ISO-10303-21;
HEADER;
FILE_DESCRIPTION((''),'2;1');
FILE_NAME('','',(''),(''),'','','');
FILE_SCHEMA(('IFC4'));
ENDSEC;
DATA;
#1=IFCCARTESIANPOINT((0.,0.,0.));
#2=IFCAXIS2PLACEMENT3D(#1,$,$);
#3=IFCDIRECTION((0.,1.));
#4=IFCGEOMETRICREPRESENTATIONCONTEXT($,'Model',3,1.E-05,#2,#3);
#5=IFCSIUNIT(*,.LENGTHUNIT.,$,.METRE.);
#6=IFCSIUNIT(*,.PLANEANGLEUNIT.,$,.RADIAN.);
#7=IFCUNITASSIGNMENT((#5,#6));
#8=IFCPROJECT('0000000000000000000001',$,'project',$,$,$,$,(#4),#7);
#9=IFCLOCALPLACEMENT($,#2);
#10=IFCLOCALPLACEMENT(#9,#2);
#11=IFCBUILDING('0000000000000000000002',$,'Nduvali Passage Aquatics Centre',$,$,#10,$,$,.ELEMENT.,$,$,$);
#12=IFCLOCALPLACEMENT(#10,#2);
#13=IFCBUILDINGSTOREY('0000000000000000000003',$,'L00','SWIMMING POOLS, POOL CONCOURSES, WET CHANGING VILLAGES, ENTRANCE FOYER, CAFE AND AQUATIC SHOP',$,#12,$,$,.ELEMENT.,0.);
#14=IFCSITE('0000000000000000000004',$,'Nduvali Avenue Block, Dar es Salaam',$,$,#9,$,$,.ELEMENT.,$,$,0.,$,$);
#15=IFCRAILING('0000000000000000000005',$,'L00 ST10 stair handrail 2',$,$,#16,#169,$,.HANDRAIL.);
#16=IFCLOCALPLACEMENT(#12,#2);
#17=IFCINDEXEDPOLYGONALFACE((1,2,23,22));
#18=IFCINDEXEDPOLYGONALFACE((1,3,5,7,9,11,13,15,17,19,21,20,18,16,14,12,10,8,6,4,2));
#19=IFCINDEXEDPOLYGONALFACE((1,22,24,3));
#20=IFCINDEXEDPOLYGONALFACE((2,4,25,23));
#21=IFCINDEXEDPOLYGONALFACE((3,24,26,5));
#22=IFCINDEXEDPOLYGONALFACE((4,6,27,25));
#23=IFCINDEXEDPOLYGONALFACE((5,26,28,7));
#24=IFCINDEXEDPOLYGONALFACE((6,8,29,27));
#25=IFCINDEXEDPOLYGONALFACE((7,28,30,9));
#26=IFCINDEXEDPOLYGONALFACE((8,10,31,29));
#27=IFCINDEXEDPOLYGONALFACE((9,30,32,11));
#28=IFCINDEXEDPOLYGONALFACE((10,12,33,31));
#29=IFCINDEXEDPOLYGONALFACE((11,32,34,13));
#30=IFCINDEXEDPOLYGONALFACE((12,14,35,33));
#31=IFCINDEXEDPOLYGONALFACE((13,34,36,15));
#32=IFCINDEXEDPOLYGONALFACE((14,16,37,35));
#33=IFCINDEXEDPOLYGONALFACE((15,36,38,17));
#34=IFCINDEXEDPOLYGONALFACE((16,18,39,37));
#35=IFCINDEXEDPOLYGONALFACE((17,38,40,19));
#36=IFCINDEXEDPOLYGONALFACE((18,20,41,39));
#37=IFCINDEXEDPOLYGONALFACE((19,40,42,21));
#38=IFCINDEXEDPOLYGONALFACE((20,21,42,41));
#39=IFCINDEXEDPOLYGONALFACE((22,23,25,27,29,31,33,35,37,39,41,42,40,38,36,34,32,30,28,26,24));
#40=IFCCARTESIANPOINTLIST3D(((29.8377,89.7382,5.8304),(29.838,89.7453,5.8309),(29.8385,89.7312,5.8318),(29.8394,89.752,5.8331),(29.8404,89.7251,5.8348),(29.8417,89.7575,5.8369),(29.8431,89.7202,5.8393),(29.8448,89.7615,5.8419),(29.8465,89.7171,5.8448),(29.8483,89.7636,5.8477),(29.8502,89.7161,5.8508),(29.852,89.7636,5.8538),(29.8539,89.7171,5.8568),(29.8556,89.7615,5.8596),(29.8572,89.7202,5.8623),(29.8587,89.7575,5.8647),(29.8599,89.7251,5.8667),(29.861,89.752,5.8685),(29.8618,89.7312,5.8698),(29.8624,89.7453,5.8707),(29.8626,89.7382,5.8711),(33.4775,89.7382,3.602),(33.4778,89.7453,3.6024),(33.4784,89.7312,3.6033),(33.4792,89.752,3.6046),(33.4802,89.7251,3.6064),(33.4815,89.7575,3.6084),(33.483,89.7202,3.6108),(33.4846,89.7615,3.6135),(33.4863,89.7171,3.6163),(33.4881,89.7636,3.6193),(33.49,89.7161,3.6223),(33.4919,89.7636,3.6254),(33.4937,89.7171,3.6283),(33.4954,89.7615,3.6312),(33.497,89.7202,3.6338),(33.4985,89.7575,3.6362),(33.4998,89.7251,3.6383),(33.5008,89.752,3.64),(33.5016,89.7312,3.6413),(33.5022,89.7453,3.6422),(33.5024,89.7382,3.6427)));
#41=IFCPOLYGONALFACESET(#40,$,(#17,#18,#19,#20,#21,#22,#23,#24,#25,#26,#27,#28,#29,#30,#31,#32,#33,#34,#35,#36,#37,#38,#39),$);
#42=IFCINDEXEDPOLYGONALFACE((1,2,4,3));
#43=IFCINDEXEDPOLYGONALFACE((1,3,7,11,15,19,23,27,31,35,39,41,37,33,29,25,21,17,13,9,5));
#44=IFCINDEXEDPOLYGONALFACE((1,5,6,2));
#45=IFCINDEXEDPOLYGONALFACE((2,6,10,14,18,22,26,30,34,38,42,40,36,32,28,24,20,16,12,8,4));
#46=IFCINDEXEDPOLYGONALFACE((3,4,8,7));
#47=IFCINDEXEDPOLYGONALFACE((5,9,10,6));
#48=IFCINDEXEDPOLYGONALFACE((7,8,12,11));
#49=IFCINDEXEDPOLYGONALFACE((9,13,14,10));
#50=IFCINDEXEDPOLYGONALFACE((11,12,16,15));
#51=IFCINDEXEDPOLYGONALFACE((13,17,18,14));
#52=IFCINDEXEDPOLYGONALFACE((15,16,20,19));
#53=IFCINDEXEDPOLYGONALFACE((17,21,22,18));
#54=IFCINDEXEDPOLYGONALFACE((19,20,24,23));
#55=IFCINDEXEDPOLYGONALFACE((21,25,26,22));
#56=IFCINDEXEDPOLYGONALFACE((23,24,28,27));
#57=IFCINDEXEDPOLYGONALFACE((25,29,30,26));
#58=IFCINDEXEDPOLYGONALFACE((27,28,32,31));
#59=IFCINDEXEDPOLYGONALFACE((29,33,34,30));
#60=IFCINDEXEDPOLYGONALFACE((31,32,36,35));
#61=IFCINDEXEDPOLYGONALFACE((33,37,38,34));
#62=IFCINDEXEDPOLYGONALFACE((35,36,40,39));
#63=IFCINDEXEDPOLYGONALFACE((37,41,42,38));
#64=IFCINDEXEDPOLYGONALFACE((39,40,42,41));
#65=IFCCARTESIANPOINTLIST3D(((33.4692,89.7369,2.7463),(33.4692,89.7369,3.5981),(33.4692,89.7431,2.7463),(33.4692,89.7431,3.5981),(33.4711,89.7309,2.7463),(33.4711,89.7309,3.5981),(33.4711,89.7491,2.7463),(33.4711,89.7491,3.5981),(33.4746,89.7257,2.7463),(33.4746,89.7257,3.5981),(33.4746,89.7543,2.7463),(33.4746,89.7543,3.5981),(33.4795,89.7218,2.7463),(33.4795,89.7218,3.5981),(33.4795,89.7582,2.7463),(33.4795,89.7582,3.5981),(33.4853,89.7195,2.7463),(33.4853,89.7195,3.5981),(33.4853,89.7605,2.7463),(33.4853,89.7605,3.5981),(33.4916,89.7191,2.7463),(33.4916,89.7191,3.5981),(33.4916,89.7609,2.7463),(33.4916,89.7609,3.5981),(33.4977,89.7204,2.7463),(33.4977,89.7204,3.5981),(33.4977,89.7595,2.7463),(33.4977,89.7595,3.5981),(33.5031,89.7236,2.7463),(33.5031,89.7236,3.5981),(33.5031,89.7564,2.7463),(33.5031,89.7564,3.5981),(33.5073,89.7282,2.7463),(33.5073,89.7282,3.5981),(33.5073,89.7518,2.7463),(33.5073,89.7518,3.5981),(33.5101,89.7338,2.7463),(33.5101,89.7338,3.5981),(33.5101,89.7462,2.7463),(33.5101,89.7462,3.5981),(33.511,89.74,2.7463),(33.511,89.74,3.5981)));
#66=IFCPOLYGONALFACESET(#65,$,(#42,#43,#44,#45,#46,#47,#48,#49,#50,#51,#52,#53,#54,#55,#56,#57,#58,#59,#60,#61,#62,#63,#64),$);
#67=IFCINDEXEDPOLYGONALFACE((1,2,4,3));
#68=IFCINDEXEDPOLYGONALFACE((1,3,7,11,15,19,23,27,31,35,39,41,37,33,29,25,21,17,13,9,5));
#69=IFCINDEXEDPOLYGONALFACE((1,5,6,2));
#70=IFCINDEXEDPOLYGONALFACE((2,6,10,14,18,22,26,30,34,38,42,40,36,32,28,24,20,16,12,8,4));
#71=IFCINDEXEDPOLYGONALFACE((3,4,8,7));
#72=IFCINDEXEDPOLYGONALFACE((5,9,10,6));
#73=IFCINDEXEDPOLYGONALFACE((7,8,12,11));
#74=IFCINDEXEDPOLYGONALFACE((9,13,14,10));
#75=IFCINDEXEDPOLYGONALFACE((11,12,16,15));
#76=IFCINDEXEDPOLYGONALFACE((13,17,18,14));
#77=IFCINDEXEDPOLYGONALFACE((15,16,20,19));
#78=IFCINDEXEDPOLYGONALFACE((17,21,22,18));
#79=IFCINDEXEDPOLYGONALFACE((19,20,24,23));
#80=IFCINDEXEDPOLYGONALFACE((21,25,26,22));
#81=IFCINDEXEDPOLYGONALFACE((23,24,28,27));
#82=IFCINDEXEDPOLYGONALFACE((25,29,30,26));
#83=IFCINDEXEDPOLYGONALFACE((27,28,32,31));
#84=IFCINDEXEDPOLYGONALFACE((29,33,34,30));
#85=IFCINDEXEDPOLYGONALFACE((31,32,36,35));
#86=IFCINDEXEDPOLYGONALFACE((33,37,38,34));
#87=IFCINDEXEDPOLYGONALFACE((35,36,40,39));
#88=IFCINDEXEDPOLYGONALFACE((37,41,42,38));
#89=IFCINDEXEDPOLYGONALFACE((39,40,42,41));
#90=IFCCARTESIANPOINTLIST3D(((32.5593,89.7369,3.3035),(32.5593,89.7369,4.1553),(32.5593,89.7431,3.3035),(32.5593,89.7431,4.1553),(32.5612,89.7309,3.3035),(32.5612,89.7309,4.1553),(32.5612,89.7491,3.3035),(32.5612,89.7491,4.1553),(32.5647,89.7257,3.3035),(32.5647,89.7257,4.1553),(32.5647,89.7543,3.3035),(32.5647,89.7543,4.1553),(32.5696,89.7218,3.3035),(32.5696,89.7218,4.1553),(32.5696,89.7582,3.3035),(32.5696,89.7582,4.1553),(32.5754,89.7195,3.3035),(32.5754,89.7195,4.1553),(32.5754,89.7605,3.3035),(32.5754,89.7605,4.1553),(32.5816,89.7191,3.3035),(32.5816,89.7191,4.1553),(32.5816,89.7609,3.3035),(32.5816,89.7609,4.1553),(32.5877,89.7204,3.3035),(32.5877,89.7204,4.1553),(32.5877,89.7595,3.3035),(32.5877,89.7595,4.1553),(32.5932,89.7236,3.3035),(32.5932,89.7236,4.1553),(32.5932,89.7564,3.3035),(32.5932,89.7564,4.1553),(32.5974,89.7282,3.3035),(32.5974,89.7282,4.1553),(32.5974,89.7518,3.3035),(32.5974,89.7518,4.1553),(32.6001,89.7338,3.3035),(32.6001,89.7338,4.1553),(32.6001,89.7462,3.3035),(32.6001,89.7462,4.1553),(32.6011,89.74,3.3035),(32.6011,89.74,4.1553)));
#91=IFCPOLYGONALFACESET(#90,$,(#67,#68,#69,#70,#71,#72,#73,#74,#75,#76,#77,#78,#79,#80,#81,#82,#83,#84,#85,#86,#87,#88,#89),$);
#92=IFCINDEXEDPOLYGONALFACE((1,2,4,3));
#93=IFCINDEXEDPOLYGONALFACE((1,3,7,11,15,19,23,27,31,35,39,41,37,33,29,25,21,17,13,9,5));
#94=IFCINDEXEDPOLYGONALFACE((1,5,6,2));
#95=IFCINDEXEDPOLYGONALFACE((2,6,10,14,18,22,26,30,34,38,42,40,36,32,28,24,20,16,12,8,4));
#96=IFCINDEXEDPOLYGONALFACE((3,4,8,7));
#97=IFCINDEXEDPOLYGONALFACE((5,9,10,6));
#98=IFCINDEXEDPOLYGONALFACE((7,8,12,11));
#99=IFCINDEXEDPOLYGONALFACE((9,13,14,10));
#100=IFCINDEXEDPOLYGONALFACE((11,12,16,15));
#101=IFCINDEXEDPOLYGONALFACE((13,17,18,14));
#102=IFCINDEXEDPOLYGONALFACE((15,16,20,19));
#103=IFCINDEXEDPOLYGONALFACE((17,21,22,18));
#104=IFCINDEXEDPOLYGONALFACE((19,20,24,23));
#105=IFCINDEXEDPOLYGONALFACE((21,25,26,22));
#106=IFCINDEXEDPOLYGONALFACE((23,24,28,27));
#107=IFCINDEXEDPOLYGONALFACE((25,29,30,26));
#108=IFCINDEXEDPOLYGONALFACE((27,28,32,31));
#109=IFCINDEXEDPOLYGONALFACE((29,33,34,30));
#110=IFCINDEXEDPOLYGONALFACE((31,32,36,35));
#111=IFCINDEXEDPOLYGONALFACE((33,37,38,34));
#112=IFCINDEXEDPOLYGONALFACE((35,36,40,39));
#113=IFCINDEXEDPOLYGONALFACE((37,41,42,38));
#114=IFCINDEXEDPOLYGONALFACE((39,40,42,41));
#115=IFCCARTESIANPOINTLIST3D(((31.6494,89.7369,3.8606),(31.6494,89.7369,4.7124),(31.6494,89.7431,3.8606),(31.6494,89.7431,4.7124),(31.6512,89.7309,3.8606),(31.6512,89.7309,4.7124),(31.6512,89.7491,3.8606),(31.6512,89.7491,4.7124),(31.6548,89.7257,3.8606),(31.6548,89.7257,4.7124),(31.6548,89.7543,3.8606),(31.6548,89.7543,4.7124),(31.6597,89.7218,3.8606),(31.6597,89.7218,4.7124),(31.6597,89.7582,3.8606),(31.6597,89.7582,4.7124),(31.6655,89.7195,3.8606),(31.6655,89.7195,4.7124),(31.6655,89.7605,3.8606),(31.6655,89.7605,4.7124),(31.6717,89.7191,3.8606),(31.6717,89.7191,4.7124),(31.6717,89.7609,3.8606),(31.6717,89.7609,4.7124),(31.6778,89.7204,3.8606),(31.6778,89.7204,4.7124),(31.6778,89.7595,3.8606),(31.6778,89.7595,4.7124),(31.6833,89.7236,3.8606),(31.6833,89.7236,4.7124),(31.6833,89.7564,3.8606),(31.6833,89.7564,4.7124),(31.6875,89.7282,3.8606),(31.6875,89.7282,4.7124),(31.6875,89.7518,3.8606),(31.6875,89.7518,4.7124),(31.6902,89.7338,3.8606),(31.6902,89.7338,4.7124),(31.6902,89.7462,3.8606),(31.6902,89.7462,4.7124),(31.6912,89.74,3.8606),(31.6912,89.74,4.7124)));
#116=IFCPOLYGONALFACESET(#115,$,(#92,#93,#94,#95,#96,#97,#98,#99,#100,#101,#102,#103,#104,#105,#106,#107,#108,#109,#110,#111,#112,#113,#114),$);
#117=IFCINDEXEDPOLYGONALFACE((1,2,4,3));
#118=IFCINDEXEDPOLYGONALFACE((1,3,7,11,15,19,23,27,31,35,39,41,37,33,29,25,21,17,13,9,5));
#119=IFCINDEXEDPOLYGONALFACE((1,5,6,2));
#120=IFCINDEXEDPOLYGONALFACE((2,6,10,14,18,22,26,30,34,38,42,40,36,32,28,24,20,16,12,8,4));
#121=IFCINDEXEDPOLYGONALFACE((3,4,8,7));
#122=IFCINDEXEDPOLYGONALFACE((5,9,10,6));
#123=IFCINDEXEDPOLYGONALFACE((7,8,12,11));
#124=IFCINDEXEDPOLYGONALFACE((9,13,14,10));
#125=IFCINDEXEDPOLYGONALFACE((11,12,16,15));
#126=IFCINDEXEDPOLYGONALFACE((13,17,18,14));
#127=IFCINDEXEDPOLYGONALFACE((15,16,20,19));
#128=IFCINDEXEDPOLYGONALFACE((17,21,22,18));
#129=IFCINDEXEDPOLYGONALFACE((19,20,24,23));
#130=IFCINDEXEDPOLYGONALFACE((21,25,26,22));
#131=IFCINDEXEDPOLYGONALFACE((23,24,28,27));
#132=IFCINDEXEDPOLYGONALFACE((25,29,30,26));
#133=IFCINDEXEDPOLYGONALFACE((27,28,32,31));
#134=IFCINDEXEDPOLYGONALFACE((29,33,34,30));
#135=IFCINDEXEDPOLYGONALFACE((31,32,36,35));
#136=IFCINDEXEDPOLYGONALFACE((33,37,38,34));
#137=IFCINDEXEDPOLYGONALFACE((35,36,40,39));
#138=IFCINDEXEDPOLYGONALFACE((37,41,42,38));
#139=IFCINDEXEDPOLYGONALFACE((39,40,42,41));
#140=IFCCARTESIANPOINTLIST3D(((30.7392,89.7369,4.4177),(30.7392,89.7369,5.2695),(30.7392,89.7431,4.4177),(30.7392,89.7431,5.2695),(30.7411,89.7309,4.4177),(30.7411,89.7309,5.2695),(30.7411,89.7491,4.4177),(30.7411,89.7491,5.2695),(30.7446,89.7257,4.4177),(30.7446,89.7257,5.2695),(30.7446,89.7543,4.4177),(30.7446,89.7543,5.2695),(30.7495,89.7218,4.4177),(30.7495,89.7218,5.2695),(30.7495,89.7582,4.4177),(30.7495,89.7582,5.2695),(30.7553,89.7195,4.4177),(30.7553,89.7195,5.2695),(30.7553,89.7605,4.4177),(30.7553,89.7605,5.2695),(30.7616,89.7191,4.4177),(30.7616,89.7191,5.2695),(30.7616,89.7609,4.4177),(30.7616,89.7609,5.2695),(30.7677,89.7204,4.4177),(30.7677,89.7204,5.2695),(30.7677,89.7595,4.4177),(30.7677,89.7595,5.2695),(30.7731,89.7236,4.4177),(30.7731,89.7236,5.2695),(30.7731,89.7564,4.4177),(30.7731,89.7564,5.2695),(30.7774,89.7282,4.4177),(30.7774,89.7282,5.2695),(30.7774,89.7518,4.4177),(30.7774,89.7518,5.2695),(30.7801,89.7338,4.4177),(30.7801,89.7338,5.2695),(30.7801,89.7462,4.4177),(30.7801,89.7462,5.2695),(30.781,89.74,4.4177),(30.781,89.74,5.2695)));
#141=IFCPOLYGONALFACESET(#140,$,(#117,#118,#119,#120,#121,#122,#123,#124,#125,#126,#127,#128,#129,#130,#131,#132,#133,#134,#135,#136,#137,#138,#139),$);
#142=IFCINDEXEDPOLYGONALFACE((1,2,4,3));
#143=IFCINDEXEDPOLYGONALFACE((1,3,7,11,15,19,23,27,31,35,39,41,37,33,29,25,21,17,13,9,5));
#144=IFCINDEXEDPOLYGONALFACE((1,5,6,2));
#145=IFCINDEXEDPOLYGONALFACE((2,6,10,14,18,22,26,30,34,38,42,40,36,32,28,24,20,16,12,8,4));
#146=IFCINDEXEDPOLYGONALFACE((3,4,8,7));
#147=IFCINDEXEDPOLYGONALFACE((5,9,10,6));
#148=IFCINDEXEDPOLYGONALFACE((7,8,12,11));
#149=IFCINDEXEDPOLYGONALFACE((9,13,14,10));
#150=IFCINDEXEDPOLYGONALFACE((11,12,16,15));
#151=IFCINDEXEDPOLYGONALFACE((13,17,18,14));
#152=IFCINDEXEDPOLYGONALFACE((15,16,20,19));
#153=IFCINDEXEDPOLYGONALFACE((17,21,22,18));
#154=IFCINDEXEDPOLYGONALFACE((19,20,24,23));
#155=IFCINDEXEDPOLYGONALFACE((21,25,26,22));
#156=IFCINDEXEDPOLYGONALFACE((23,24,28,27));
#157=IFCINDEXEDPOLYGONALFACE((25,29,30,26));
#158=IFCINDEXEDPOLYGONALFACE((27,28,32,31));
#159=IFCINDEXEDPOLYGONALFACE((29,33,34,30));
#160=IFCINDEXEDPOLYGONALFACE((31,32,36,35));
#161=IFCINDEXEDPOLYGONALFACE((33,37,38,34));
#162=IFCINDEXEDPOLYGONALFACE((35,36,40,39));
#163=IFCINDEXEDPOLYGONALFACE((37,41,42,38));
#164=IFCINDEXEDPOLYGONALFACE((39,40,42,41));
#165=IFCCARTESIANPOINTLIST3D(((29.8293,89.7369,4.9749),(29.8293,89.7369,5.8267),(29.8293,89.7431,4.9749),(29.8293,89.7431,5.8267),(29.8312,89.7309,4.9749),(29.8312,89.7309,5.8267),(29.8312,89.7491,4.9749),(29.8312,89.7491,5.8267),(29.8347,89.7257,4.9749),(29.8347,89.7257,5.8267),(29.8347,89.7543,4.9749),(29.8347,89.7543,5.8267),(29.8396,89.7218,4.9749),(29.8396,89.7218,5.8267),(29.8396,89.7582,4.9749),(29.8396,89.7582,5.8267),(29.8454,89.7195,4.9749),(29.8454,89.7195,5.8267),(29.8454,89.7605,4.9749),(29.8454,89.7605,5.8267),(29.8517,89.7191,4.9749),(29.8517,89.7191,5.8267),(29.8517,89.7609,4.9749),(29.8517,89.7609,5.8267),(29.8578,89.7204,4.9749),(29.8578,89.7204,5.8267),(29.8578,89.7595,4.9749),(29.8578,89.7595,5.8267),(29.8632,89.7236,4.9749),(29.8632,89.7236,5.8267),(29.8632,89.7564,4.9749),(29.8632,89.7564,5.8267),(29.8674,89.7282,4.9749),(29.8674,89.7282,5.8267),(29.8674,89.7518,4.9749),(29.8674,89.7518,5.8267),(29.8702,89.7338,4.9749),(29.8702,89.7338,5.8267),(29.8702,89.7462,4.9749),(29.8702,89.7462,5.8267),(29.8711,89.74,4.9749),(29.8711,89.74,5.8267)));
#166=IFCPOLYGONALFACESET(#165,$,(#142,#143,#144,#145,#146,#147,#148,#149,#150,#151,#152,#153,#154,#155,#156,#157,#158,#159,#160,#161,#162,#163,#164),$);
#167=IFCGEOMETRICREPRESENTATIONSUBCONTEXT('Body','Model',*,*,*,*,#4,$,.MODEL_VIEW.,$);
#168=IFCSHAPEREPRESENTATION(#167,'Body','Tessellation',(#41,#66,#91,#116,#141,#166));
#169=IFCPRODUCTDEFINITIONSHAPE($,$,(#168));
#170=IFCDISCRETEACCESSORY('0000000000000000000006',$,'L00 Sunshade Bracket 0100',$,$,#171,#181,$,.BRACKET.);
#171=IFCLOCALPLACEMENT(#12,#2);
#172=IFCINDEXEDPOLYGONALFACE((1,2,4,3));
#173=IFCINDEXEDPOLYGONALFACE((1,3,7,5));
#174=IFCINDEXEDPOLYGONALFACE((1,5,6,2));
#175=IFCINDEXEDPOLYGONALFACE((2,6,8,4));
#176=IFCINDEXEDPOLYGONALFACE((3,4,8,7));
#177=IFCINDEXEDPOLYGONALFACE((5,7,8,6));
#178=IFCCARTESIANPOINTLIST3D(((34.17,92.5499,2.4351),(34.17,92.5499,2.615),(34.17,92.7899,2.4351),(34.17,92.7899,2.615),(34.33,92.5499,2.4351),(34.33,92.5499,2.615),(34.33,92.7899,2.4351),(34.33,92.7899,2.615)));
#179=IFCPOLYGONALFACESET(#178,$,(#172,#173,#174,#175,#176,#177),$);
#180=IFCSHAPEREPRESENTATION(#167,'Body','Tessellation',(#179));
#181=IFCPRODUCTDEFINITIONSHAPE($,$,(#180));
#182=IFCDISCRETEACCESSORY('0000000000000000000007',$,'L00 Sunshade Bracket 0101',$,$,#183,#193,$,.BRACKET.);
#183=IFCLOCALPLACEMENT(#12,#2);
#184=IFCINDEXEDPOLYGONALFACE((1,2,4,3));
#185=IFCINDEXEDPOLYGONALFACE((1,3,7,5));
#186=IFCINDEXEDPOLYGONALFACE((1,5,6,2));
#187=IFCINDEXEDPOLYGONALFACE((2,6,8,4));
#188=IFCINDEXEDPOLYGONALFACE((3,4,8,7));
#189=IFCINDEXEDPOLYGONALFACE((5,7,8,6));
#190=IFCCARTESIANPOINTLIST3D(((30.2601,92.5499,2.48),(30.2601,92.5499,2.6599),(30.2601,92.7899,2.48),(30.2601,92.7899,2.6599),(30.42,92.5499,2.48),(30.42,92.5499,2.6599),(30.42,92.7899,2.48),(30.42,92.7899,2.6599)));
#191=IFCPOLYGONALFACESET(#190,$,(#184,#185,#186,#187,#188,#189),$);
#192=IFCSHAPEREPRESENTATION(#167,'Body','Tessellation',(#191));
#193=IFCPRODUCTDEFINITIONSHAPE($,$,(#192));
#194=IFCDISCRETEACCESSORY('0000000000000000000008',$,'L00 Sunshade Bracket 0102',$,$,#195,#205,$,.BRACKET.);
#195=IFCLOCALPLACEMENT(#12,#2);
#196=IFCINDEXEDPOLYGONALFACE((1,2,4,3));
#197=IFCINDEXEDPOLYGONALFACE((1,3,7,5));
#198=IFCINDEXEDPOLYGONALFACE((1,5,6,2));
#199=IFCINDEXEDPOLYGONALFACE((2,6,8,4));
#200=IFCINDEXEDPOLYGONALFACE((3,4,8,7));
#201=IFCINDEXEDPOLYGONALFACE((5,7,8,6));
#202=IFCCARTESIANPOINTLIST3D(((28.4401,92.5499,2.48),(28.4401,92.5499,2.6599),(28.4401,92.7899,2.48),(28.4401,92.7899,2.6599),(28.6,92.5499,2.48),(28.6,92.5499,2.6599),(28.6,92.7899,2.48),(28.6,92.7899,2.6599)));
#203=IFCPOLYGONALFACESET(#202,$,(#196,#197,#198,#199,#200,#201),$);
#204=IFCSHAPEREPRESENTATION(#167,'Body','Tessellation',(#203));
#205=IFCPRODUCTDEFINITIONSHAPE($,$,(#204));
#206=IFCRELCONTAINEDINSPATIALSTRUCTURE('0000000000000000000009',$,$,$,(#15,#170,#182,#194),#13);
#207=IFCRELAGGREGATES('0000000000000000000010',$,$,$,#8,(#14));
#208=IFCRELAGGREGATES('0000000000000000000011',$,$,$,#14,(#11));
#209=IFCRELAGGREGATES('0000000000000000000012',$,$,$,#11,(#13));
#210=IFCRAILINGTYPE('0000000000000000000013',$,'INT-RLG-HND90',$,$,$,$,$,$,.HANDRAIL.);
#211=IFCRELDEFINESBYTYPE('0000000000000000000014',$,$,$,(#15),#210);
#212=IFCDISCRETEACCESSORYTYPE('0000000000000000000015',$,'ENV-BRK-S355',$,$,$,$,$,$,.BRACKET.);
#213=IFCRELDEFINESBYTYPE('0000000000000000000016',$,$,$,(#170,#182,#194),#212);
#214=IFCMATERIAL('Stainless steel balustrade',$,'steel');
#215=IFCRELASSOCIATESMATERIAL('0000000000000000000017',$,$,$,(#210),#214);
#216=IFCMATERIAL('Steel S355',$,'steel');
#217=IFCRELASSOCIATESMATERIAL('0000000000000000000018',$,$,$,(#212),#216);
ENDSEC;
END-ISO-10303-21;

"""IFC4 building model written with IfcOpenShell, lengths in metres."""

from ifc_helpers import new_model, si_unit, direction, frame, origin, origin_2d, place, context, subcontext, project, spatial, rectangle, circle, extrude, material, type_object, element, save


model = new_model("IFC4")

# Units and contexts
model_context = context("Model", 3, precision=1e-05, world=origin(), true_north=direction((0.0, 1.0)))
body_context = subcontext(model_context, "Body", "Model", "MODEL_VIEW")
ifc_project = project(units=[si_unit("LENGTHUNIT", "METRE"), si_unit("PLANEANGLEUNIT", "RADIAN")], contexts=[model_context])

# Site, building, storey
site_placement = place(None, origin())
site = spatial("IfcSite", under=ifc_project, at=site_placement, Name="Nduvali Avenue Block, Dar es Salaam", CompositionType="ELEMENT", RefElevation=0.0)
building_placement = place(site_placement, origin())
building = spatial("IfcBuilding", under=site, at=building_placement, Name="Nduvali Passage Aquatics Centre", CompositionType="ELEMENT")
storey_placement = place(building_placement, origin())
storey = spatial("IfcBuildingStorey", under=building, at=storey_placement, Name="L00", Description="SWIMMING POOLS, POOL CONCOURSES, WET CHANGING VILLAGES, ENTRANCE FOYER, CAFE AND AQUATIC SHOP", CompositionType="ELEMENT", Elevation=0.0)

# Shared definitions
ifc_material_1 = material(Name="Steel S355", Category="steel")

# Railing
ifc_material_2 = material(Name="Stainless steel balustrade", Category="steel")
railing_type_1 = type_object("IfcRailingType", Name="INT-RLG-HND90", PredefinedType="HANDRAIL", material=ifc_material_2)
railing_1_placement = place(storey_placement, frame((33.49, 89.74, 2.7463)))
element("IfcRailing", 1, at=railing_1_placement, inside=storey, type_object=railing_type_1, Name="L00 ST10 stair handrail 2", PredefinedType="HANDRAIL", context=body_context, shape_type="SweptSolid", body=[
    extrude(circle(Radius=0.0239, at=origin_2d()), frame((0.0, 0.0, 0.876), z_axis=(-0.85285, 0.0, 0.522156), x_axis=(0.0, -1.0, 0.0)), (0.0, 0.0, 1.0), 4.2678),
    extrude(circle(Radius=0.021, at=origin_2d()), origin(), (0.0, 0.0, 1.0), 0.8518),
    extrude(circle(Radius=0.021, at=origin_2d()), frame((-0.9099, 0.0, 0.5571)), (0.0, 0.0, 1.0), 0.8518),
    extrude(circle(Radius=0.021, at=origin_2d()), frame((-1.8198, 0.0, 1.1143)), (0.0, 0.0, 1.0), 0.8518),
    extrude(circle(Radius=0.021, at=origin_2d()), frame((-2.73, 0.0, 1.6714)), (0.0, 0.0, 1.0), 0.8518),
    extrude(circle(Radius=0.021, at=origin_2d()), frame((-3.6399, 0.0, 2.2285)), (0.0, 0.0, 1.0), 0.8518),
])

# Discrete accessories
discrete_accessory_type = type_object("IfcDiscreteAccessoryType", Name="ENV-BRK-S355", PredefinedType="BRACKET", material=ifc_material_1)
for number, where, z_axis, x_axis, name in (
    (2, (34.25, 92.6699, 2.4351), (0.0, 0.0, 1.0), (-1.0, 0.0, 0.0), "L00 Sunshade Bracket 0100"),
    (3, (30.3401, 92.6699, 2.48), (0.0, 0.0, 1.0), (-1.0, 0.0, 0.0), "L00 Sunshade Bracket 0101"),
    (4, (28.52, 92.6699, 2.48), (0.0, 0.0, 1.0), (-1.0, 0.0, 0.0), "L00 Sunshade Bracket 0102"),
):
    element("IfcDiscreteAccessory", number, at=place(storey_placement, frame(where, z_axis=z_axis, x_axis=x_axis)), inside=storey, type_object=discrete_accessory_type, Name=name, PredefinedType="BRACKET", context=body_context, shape_type="SweptSolid", body=[
        extrude(rectangle(XDim=0.1599, YDim=0.24, at=origin_2d()), origin(), (0.0, 0.0, 1.0), 0.1799),
    ])

save(model, "model.ifc")
